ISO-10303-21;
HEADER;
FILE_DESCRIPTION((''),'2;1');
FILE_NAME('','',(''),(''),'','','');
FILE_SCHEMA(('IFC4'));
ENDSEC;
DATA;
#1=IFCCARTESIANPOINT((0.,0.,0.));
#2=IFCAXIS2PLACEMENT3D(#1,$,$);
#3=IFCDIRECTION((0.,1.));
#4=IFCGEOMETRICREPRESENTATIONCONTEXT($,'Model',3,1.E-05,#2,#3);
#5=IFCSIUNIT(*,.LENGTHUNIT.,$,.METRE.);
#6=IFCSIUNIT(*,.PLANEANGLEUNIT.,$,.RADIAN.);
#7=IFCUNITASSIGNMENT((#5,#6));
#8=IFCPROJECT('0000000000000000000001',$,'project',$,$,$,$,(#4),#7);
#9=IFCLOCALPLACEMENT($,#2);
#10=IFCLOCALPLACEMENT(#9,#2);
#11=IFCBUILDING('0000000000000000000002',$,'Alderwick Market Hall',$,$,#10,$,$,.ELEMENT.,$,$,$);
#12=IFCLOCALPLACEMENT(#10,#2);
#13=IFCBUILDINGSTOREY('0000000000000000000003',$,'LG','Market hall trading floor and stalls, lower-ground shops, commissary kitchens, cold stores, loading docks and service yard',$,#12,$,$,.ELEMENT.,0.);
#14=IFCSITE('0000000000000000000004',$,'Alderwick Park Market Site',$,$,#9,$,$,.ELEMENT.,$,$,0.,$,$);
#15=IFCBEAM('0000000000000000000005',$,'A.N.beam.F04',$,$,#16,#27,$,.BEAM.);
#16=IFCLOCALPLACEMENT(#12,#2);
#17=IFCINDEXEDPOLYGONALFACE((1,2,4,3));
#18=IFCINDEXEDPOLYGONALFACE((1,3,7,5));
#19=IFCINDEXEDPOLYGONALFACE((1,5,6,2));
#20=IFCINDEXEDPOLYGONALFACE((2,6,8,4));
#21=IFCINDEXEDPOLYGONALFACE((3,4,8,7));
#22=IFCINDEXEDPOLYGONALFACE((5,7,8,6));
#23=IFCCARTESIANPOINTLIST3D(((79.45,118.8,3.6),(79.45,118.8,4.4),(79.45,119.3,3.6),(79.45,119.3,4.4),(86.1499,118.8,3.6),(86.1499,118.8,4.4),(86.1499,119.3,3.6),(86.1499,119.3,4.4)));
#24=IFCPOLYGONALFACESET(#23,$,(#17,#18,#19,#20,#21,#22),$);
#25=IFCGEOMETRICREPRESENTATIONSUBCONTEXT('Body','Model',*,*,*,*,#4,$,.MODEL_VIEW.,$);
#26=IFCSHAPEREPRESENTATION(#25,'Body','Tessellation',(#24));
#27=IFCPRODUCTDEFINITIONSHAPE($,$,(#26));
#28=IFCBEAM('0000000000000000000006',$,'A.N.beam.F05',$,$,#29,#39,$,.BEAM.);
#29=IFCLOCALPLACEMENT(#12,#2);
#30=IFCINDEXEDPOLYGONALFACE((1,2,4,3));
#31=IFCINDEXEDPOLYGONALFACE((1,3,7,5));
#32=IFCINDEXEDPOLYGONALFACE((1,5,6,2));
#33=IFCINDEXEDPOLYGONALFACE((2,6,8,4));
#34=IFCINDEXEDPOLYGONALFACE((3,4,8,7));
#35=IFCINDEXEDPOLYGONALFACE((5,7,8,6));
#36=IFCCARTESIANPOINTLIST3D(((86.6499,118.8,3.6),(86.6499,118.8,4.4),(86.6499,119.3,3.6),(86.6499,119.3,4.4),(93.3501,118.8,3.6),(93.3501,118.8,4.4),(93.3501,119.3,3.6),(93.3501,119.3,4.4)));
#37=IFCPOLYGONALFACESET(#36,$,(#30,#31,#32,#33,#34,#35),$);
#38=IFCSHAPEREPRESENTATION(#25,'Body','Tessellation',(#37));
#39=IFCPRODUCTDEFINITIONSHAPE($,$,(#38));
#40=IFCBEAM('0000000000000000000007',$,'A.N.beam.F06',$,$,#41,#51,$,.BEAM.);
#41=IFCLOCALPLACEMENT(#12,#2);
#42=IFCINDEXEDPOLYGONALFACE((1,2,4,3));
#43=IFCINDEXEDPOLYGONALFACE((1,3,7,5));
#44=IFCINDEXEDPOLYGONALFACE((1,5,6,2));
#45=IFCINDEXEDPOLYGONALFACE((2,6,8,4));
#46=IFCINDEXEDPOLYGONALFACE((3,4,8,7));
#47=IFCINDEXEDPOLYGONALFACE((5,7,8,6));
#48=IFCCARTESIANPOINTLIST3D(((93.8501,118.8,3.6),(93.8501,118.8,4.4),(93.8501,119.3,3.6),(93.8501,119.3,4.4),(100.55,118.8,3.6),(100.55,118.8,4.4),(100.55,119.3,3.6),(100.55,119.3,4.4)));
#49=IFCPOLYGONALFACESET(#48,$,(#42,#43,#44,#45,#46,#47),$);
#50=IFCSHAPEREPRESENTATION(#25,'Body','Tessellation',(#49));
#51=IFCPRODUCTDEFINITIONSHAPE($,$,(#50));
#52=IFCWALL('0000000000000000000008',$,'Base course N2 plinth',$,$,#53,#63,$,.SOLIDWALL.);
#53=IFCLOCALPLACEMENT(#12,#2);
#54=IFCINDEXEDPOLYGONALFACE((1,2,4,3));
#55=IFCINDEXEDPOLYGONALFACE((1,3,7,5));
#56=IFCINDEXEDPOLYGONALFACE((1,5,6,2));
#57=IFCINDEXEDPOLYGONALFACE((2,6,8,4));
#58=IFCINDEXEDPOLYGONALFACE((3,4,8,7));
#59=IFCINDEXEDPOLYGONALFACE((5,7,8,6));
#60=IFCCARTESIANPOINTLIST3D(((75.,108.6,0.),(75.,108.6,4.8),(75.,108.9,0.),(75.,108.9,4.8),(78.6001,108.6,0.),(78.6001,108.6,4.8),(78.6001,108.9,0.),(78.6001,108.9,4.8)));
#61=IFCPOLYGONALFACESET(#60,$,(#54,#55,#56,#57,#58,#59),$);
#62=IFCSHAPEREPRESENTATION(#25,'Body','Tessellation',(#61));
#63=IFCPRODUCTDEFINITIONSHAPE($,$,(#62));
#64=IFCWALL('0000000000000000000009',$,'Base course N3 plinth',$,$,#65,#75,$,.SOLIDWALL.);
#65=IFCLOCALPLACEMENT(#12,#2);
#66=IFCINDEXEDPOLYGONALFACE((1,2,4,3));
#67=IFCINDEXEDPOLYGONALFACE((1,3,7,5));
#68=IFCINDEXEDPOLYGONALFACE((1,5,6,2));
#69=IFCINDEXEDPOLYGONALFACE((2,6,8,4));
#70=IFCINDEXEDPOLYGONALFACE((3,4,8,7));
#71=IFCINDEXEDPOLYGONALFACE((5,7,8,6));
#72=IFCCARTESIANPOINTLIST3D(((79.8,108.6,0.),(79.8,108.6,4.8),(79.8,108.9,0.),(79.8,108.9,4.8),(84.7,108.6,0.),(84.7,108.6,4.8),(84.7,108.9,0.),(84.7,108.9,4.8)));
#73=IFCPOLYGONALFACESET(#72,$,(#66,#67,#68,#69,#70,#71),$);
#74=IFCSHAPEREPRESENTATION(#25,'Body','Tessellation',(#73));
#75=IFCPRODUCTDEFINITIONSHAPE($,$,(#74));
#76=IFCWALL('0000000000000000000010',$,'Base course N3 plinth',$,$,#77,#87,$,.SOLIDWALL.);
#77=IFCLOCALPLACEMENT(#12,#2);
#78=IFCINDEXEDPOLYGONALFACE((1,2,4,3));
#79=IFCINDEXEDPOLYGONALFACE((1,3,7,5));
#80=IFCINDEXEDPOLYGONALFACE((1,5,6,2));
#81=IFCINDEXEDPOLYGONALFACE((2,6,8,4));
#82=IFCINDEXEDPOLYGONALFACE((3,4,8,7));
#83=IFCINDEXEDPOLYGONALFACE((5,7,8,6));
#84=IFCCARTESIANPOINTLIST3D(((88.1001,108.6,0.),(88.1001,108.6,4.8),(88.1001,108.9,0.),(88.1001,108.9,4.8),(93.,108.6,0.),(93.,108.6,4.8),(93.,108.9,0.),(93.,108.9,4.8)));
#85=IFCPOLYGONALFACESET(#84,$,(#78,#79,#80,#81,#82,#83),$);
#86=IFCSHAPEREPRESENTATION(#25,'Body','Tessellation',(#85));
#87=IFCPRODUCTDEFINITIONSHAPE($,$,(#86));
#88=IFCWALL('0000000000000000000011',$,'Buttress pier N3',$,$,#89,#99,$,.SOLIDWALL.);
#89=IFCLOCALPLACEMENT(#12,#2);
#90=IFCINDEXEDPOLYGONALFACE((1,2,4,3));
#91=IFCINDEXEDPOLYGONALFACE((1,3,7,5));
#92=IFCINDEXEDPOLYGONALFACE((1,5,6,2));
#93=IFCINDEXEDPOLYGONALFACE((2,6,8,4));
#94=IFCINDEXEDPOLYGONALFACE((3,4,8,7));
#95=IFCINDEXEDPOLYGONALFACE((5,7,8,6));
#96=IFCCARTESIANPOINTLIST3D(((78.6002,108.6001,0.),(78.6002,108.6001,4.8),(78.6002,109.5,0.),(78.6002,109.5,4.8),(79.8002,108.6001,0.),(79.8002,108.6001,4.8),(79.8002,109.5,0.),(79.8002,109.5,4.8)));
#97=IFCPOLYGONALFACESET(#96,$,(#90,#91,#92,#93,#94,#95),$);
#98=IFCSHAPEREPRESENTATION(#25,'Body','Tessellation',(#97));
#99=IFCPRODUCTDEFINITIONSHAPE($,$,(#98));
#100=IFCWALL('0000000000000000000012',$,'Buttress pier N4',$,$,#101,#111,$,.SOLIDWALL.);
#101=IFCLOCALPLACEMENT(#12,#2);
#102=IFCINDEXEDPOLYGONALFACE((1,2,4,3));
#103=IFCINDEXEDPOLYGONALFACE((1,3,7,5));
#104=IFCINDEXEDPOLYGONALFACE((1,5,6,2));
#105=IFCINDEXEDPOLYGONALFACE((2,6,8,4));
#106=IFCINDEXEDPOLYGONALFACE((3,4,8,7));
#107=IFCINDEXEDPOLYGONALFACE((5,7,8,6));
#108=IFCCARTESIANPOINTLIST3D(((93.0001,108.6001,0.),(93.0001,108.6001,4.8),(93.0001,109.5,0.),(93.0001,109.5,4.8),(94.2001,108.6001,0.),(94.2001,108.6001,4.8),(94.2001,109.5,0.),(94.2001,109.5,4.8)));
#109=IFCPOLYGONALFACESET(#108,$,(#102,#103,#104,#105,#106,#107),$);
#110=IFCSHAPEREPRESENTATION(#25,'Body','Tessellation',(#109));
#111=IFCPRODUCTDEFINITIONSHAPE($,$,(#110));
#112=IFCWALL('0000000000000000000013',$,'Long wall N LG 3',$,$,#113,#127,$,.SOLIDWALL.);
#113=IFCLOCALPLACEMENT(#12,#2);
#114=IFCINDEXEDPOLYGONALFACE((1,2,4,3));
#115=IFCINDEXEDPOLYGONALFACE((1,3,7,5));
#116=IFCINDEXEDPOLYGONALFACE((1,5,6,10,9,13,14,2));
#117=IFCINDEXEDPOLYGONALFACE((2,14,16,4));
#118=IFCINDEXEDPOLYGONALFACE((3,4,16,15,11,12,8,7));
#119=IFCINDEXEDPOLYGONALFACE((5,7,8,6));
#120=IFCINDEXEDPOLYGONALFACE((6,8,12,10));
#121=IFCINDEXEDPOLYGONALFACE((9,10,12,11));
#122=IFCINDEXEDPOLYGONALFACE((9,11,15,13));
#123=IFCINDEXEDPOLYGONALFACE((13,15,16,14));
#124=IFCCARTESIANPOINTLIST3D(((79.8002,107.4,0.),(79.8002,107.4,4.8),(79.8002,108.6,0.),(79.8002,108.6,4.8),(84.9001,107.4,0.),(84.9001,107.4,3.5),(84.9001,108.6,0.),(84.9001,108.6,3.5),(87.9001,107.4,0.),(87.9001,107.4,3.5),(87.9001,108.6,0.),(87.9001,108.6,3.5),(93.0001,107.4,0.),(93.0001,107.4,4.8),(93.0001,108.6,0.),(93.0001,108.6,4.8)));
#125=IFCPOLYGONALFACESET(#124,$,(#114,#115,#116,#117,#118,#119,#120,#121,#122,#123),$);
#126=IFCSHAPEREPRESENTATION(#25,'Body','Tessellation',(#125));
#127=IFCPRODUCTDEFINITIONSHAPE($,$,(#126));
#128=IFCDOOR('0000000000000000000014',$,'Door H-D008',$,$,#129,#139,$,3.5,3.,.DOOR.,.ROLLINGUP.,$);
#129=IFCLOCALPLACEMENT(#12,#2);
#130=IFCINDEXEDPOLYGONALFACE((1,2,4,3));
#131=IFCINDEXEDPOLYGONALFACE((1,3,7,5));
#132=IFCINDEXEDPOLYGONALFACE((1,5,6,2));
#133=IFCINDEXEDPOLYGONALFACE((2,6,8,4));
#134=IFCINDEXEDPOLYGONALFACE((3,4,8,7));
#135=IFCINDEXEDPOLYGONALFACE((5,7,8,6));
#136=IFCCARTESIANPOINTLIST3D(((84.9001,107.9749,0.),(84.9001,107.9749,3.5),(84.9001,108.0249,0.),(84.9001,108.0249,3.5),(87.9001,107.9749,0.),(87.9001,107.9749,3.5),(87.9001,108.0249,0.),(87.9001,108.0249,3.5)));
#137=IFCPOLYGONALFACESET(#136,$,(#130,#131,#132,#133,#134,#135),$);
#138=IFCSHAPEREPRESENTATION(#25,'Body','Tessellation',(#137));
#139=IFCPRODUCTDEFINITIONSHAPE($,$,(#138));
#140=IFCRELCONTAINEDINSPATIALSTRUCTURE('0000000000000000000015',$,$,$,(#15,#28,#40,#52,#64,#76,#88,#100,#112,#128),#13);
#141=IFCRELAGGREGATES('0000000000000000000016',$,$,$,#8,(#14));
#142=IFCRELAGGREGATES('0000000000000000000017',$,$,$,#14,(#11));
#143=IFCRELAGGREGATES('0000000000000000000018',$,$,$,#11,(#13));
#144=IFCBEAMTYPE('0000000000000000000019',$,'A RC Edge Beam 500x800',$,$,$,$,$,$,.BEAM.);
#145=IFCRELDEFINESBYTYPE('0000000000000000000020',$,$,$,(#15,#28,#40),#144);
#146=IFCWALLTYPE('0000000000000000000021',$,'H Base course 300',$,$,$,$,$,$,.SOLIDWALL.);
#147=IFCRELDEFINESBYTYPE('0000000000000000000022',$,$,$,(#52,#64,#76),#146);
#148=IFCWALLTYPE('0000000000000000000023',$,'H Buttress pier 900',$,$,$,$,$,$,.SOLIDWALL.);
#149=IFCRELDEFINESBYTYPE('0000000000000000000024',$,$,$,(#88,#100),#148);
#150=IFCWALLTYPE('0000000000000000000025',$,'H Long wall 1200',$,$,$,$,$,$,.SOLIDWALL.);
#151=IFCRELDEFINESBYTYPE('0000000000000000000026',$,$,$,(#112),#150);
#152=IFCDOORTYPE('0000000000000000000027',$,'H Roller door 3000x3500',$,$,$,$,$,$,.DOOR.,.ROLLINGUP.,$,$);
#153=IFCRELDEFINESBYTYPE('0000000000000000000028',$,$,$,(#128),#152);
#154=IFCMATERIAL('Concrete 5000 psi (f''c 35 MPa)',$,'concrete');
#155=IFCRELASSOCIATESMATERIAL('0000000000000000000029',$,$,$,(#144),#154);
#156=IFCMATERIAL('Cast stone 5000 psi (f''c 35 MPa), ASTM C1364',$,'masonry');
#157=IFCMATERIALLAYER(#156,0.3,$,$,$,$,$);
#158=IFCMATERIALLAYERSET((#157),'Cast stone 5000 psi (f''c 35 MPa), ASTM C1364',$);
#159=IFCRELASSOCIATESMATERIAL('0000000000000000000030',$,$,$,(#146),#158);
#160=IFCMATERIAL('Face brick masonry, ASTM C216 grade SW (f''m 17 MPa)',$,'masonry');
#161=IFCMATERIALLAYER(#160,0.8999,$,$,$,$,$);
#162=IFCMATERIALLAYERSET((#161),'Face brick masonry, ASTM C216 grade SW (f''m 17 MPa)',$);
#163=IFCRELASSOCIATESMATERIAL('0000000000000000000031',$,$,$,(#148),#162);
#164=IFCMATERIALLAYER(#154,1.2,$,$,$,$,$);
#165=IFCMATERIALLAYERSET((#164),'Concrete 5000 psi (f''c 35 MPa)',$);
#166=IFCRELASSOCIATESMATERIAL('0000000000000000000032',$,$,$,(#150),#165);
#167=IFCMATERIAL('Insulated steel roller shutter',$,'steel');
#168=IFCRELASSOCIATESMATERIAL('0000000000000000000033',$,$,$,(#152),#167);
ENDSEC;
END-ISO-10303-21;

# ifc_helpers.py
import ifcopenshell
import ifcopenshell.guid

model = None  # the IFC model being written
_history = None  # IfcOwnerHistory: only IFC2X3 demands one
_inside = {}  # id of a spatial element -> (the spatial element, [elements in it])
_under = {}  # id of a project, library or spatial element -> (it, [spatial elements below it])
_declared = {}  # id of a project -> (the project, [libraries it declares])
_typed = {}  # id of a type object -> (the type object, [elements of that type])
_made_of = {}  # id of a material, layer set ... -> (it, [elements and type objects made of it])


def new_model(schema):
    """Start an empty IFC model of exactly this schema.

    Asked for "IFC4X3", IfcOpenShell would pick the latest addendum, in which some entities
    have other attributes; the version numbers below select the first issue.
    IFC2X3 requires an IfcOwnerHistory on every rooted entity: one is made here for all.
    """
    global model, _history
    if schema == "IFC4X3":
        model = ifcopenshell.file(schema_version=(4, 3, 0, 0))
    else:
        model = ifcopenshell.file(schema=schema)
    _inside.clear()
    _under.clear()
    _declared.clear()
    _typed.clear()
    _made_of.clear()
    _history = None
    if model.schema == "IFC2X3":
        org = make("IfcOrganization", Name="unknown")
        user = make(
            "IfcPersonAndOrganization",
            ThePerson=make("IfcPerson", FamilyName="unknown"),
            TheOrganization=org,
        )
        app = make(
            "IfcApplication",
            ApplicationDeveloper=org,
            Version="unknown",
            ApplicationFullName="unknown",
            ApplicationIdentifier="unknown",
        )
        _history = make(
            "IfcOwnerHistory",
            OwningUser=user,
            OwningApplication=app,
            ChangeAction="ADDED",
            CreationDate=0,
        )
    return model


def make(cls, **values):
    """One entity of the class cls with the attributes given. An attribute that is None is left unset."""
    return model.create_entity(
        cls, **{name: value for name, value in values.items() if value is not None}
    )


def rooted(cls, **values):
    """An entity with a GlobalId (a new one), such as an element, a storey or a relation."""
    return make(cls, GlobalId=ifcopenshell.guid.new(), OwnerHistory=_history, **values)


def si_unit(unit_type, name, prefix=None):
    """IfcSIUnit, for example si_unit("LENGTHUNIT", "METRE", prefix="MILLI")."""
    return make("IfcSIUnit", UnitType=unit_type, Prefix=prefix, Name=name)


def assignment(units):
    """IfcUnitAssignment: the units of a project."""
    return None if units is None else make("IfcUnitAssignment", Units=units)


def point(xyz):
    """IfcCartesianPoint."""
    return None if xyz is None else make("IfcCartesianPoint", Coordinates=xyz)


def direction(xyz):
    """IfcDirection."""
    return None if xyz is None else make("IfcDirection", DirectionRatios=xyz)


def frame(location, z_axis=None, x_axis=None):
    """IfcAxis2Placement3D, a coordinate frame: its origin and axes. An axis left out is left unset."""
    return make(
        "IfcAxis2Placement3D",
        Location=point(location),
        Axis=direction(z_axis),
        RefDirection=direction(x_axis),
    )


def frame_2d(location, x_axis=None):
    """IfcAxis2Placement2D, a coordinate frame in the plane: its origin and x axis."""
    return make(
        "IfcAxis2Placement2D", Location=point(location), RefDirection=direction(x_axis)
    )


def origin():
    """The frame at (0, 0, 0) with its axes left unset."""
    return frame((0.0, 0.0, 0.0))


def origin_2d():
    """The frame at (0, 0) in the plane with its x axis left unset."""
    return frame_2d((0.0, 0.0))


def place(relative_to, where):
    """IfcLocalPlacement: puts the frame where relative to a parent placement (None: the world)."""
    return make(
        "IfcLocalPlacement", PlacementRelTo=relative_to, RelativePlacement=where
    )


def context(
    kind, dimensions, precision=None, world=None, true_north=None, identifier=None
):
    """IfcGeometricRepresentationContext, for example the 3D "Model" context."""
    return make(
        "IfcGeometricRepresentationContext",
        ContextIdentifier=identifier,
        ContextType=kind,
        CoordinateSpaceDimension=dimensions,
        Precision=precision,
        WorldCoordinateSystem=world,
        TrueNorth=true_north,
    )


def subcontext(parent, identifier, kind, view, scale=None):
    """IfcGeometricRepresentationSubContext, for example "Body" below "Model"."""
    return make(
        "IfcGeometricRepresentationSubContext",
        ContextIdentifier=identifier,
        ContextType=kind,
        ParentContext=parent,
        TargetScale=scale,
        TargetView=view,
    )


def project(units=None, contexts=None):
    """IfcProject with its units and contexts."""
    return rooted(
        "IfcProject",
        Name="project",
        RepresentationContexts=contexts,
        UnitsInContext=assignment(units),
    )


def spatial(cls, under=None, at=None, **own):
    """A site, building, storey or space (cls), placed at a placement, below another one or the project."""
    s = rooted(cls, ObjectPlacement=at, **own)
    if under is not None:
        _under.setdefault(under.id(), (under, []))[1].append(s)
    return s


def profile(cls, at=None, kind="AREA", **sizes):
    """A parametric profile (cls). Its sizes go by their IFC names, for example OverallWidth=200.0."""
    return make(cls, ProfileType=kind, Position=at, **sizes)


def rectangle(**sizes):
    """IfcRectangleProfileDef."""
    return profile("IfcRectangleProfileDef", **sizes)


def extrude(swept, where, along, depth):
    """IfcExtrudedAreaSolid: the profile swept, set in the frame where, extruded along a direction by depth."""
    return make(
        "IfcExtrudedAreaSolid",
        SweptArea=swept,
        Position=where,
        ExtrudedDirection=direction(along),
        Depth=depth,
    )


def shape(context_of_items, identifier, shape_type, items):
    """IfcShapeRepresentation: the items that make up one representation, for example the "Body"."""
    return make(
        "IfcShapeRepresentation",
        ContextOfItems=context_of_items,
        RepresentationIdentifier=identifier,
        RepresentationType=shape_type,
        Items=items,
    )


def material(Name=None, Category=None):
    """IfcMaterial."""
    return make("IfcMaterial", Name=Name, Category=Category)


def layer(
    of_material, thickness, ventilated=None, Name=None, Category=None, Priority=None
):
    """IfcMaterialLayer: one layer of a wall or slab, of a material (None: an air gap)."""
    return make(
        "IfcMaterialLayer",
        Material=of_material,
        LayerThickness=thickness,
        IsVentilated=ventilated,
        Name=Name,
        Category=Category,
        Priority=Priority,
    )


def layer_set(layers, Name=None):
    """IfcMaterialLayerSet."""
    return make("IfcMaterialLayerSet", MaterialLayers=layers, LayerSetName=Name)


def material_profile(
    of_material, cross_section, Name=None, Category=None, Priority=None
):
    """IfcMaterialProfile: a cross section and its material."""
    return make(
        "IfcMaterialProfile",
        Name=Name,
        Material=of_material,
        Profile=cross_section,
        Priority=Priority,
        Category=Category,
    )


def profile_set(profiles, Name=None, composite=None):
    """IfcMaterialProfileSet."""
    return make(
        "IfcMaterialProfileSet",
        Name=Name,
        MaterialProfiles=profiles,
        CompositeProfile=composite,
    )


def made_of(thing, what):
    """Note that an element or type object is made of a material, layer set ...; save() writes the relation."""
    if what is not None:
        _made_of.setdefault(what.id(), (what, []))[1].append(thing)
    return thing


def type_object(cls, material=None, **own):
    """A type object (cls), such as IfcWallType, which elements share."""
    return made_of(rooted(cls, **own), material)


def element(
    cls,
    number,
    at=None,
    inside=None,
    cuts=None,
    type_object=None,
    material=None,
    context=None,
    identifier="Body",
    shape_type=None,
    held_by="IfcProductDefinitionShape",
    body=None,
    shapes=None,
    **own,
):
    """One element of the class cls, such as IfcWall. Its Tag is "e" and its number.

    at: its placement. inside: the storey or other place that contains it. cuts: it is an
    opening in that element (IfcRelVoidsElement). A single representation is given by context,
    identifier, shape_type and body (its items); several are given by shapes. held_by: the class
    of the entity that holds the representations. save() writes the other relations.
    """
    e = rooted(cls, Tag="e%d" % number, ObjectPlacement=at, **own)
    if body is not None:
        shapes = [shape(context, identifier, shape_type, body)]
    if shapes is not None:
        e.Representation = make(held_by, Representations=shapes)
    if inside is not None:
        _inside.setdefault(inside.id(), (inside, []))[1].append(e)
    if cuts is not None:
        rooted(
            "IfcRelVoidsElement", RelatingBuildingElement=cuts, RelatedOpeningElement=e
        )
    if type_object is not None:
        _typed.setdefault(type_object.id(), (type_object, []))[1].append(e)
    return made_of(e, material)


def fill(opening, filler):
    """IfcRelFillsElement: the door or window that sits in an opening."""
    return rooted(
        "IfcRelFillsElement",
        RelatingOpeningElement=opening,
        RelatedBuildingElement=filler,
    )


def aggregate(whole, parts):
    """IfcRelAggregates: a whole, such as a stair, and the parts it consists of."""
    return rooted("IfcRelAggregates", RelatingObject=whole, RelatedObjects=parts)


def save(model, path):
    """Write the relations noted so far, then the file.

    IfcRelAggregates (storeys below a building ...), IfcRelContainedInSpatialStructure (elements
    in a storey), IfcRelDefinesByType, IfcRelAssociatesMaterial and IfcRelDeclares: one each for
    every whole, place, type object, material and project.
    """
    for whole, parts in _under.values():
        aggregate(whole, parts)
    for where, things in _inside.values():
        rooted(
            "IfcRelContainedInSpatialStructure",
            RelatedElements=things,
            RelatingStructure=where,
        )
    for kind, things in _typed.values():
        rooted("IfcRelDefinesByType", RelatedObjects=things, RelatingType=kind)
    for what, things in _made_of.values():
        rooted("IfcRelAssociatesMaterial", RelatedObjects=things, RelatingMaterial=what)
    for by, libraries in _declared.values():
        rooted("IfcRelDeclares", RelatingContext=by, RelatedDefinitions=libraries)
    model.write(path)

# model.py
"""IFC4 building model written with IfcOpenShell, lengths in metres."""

from ifc_helpers import new_model, si_unit, direction, frame, frame_2d, origin, origin_2d, place, context, subcontext, project, spatial, rectangle, extrude, material, layer, layer_set, material_profile, profile_set, type_object, element, fill, save


model = new_model("IFC4")

# Units and contexts
model_context = context("Model", 3, precision=1e-05, world=origin(), true_north=direction((0.0, 1.0)))
body_context = subcontext(model_context, "Body", "Model", "MODEL_VIEW")
ifc_project = project(units=[si_unit("LENGTHUNIT", "METRE"), si_unit("PLANEANGLEUNIT", "RADIAN")], contexts=[model_context])

# Site, building, storey
site_placement = place(None, origin())
site = spatial("IfcSite", under=ifc_project, at=site_placement, Name="Alderwick Park Market Site", CompositionType="ELEMENT", RefElevation=0.0)
building_placement = place(site_placement, origin())
building = spatial("IfcBuilding", under=site, at=building_placement, Name="Alderwick Market Hall", CompositionType="ELEMENT")
storey_placement = place(building_placement, origin())
storey = spatial("IfcBuildingStorey", under=building, at=storey_placement, Name="LG", Description="Market hall trading floor and stalls, lower-ground shops, commissary kitchens, cold stores, loading docks and service yard", CompositionType="ELEMENT", Elevation=0.0)

# Shared definitions
ifc_material_1 = material(Name="Concrete 5000 psi (f'c 35 MPa)", Category="concrete")

# Beams
ifc_material_profile_1 = material_profile(ifc_material_1, rectangle(XDim=0.5, YDim=0.8, at=origin_2d()), Name="A RC Edge Beam 500x800")
ifc_profile_set_1 = profile_set([ifc_material_profile_1], Name="Concrete 5000 psi (f'c 35 MPa)")
beam_type_1 = type_object("IfcBeamType", Name="A RC Edge Beam 500x800", PredefinedType="BEAM", material=ifc_profile_set_1)
beam_1_placement = place(storey_placement, frame((79.45, 119.05, 4.0), z_axis=(1.0, 0.0, 0.0), x_axis=(0.0, 1.0, 0.0)))
element("IfcBeam", 1, at=beam_1_placement, inside=storey, type_object=beam_type_1, Name="A.N.beam.F04", PredefinedType="BEAM", context=body_context, shape_type="SweptSolid", body=[
    extrude(rectangle(XDim=0.5, YDim=0.8, at=origin_2d()), origin(), (0.0, 0.0, 1.0), 6.7),
])
beam_2_placement = place(storey_placement, frame((86.6499, 119.05, 4.0), z_axis=(1.0, 0.0, 0.0), x_axis=(0.0, 1.0, 0.0)))
element("IfcBeam", 2, at=beam_2_placement, inside=storey, type_object=beam_type_1, Name="A.N.beam.F05", PredefinedType="BEAM", context=body_context, shape_type="SweptSolid", body=[
    extrude(rectangle(XDim=0.5, YDim=0.8, at=origin_2d()), origin(), (0.0, 0.0, 1.0), 6.7002),
])
beam_3_placement = place(storey_placement, frame((93.8501, 119.05, 4.0), z_axis=(1.0, 0.0, 0.0), x_axis=(0.0, 1.0, 0.0)))
element("IfcBeam", 3, at=beam_3_placement, inside=storey, type_object=beam_type_1, Name="A.N.beam.F06", PredefinedType="BEAM", context=body_context, shape_type="SweptSolid", body=[
    extrude(rectangle(XDim=0.5, YDim=0.8, at=origin_2d()), origin(), (0.0, 0.0, 1.0), 6.7),
])

# Walls
ifc_material_2 = material(Name="Cast stone 5000 psi (f'c 35 MPa), ASTM C1364", Category="masonry")
ifc_layer_1 = layer(ifc_material_2, 0.3)
ifc_layer_set_1 = layer_set([ifc_layer_1], Name="Cast stone 5000 psi (f'c 35 MPa), ASTM C1364")
wall_type_1 = type_object("IfcWallType", Name="H Base course 300", PredefinedType="SOLIDWALL", material=ifc_layer_set_1)
wall_1_placement = place(storey_placement, frame((75.0, 108.75, 0.0), z_axis=(0.0, 0.0, 1.0), x_axis=(1.0, 0.0, 0.0)))
element("IfcWall", 4, at=wall_1_placement, inside=storey, type_object=wall_type_1, Name="Base course N2 plinth", PredefinedType="SOLIDWALL", context=body_context, shape_type="SweptSolid", body=[
    extrude(rectangle(XDim=3.6001, YDim=0.3, at=frame_2d((1.8, 0.0))), origin(), (0.0, 0.0, 1.0), 4.8),
])
for number, where, z_axis, x_axis, name in (
    (5, (79.8, 108.75, 0.0), (0.0, 0.0, 1.0), (1.0, 0.0, 0.0), "Base course N3 plinth"),
    (6, (88.1001, 108.75, 0.0), (0.0, 0.0, 1.0), (1.0, 0.0, 0.0), "Base course N3 plinth"),
):
    element("IfcWall", number, at=place(storey_placement, frame(where, z_axis=z_axis, x_axis=x_axis)), inside=storey, type_object=wall_type_1, Name=name, PredefinedType="SOLIDWALL", context=body_context, shape_type="SweptSolid", body=[
        extrude(rectangle(XDim=4.8999, YDim=0.3, at=frame_2d((2.45, 0.0))), origin(), (0.0, 0.0, 1.0), 4.8),
    ])
ifc_material_3 = material(Name="Face brick masonry, ASTM C216 grade SW (f'm 17 MPa)", Category="masonry")
ifc_layer_2 = layer(ifc_material_3, 0.8999)
ifc_layer_set_2 = layer_set([ifc_layer_2], Name="Face brick masonry, ASTM C216 grade SW (f'm 17 MPa)")
wall_type_2 = type_object("IfcWallType", Name="H Buttress pier 900", PredefinedType="SOLIDWALL", material=ifc_layer_set_2)
for number, where, z_axis, x_axis, name in (
    (7, (78.6001, 109.05, 0.0), (0.0, 0.0, 1.0), (1.0, 0.0, 0.0), "Buttress pier N3"),
    (8, (93.0, 109.05, 0.0), (0.0, 0.0, 1.0), (1.0, 0.0, 0.0), "Buttress pier N4"),
):
    element("IfcWall", number, at=place(storey_placement, frame(where, z_axis=z_axis, x_axis=x_axis)), inside=storey, type_object=wall_type_2, Name=name, PredefinedType="SOLIDWALL", context=body_context, shape_type="SweptSolid", body=[
        extrude(rectangle(XDim=1.2, YDim=0.8999, at=frame_2d((0.6001, 0.0))), origin(), (0.0, 0.0, 1.0), 4.8),
    ])

# Wall, opening, door
ifc_layer_3 = layer(ifc_material_1, 1.2)
ifc_layer_set_3 = layer_set([ifc_layer_3], Name="Concrete 5000 psi (f'c 35 MPa)")
wall_type_3 = type_object("IfcWallType", Name="H Long wall 1200", PredefinedType="SOLIDWALL", material=ifc_layer_set_3)
wall_2_placement = place(storey_placement, frame((79.8, 108.0, 0.0), z_axis=(0.0, 0.0, 1.0), x_axis=(1.0, 0.0, 0.0)))
wall_2 = element("IfcWall", 9, at=wall_2_placement, inside=storey, type_object=wall_type_3, Name="Long wall N LG 3", PredefinedType="SOLIDWALL", context=body_context, shape_type="SweptSolid", body=[
    extrude(rectangle(XDim=13.2, YDim=1.2, at=frame_2d((6.6001, 0.0))), origin(), (0.0, 0.0, 1.0), 4.8),
])
opening_1_placement = place(wall_2_placement, frame((5.1001, 0.0, 0.0)))
opening_1 = element("IfcOpeningElement", 10, at=opening_1_placement, cuts=wall_2, PredefinedType="OPENING", context=body_context, shape_type="SweptSolid", body=[
    extrude(rectangle(XDim=3.0, YDim=3.5, at=frame_2d((1.5, 1.75))), frame((0.0, 0.6099, 0.0), z_axis=(0.0, -1.0, 0.0), x_axis=(1.0, 0.0, 0.0)), (0.0, 0.0, 1.0), 1.22),
])
ifc_material_4 = material(Name="Insulated steel roller shutter", Category="steel")
door_type_1 = type_object("IfcDoorType", Name="H Roller door 3000x3500", OperationType="ROLLINGUP", PredefinedType="DOOR", material=ifc_material_4)
door_1_placement = place(opening_1_placement, origin())
door_1 = element("IfcDoor", 11, at=door_1_placement, inside=storey, type_object=door_type_1, Name="Door H-D008", OperationType="ROLLINGUP", OverallHeight=3.5, OverallWidth=3.0, PredefinedType="DOOR", context=body_context, shape_type="SweptSolid", body=[
    extrude(rectangle(XDim=3.0, YDim=3.5, at=frame_2d((1.5, 1.75))), frame((0.0, 0.0249, 0.0), z_axis=(0.0, -1.0, 0.0), x_axis=(1.0, 0.0, 0.0)), (0.0, 0.0, 1.0), 0.05),
])
fill(opening_1, door_1)

save(model, "model.ifc")
